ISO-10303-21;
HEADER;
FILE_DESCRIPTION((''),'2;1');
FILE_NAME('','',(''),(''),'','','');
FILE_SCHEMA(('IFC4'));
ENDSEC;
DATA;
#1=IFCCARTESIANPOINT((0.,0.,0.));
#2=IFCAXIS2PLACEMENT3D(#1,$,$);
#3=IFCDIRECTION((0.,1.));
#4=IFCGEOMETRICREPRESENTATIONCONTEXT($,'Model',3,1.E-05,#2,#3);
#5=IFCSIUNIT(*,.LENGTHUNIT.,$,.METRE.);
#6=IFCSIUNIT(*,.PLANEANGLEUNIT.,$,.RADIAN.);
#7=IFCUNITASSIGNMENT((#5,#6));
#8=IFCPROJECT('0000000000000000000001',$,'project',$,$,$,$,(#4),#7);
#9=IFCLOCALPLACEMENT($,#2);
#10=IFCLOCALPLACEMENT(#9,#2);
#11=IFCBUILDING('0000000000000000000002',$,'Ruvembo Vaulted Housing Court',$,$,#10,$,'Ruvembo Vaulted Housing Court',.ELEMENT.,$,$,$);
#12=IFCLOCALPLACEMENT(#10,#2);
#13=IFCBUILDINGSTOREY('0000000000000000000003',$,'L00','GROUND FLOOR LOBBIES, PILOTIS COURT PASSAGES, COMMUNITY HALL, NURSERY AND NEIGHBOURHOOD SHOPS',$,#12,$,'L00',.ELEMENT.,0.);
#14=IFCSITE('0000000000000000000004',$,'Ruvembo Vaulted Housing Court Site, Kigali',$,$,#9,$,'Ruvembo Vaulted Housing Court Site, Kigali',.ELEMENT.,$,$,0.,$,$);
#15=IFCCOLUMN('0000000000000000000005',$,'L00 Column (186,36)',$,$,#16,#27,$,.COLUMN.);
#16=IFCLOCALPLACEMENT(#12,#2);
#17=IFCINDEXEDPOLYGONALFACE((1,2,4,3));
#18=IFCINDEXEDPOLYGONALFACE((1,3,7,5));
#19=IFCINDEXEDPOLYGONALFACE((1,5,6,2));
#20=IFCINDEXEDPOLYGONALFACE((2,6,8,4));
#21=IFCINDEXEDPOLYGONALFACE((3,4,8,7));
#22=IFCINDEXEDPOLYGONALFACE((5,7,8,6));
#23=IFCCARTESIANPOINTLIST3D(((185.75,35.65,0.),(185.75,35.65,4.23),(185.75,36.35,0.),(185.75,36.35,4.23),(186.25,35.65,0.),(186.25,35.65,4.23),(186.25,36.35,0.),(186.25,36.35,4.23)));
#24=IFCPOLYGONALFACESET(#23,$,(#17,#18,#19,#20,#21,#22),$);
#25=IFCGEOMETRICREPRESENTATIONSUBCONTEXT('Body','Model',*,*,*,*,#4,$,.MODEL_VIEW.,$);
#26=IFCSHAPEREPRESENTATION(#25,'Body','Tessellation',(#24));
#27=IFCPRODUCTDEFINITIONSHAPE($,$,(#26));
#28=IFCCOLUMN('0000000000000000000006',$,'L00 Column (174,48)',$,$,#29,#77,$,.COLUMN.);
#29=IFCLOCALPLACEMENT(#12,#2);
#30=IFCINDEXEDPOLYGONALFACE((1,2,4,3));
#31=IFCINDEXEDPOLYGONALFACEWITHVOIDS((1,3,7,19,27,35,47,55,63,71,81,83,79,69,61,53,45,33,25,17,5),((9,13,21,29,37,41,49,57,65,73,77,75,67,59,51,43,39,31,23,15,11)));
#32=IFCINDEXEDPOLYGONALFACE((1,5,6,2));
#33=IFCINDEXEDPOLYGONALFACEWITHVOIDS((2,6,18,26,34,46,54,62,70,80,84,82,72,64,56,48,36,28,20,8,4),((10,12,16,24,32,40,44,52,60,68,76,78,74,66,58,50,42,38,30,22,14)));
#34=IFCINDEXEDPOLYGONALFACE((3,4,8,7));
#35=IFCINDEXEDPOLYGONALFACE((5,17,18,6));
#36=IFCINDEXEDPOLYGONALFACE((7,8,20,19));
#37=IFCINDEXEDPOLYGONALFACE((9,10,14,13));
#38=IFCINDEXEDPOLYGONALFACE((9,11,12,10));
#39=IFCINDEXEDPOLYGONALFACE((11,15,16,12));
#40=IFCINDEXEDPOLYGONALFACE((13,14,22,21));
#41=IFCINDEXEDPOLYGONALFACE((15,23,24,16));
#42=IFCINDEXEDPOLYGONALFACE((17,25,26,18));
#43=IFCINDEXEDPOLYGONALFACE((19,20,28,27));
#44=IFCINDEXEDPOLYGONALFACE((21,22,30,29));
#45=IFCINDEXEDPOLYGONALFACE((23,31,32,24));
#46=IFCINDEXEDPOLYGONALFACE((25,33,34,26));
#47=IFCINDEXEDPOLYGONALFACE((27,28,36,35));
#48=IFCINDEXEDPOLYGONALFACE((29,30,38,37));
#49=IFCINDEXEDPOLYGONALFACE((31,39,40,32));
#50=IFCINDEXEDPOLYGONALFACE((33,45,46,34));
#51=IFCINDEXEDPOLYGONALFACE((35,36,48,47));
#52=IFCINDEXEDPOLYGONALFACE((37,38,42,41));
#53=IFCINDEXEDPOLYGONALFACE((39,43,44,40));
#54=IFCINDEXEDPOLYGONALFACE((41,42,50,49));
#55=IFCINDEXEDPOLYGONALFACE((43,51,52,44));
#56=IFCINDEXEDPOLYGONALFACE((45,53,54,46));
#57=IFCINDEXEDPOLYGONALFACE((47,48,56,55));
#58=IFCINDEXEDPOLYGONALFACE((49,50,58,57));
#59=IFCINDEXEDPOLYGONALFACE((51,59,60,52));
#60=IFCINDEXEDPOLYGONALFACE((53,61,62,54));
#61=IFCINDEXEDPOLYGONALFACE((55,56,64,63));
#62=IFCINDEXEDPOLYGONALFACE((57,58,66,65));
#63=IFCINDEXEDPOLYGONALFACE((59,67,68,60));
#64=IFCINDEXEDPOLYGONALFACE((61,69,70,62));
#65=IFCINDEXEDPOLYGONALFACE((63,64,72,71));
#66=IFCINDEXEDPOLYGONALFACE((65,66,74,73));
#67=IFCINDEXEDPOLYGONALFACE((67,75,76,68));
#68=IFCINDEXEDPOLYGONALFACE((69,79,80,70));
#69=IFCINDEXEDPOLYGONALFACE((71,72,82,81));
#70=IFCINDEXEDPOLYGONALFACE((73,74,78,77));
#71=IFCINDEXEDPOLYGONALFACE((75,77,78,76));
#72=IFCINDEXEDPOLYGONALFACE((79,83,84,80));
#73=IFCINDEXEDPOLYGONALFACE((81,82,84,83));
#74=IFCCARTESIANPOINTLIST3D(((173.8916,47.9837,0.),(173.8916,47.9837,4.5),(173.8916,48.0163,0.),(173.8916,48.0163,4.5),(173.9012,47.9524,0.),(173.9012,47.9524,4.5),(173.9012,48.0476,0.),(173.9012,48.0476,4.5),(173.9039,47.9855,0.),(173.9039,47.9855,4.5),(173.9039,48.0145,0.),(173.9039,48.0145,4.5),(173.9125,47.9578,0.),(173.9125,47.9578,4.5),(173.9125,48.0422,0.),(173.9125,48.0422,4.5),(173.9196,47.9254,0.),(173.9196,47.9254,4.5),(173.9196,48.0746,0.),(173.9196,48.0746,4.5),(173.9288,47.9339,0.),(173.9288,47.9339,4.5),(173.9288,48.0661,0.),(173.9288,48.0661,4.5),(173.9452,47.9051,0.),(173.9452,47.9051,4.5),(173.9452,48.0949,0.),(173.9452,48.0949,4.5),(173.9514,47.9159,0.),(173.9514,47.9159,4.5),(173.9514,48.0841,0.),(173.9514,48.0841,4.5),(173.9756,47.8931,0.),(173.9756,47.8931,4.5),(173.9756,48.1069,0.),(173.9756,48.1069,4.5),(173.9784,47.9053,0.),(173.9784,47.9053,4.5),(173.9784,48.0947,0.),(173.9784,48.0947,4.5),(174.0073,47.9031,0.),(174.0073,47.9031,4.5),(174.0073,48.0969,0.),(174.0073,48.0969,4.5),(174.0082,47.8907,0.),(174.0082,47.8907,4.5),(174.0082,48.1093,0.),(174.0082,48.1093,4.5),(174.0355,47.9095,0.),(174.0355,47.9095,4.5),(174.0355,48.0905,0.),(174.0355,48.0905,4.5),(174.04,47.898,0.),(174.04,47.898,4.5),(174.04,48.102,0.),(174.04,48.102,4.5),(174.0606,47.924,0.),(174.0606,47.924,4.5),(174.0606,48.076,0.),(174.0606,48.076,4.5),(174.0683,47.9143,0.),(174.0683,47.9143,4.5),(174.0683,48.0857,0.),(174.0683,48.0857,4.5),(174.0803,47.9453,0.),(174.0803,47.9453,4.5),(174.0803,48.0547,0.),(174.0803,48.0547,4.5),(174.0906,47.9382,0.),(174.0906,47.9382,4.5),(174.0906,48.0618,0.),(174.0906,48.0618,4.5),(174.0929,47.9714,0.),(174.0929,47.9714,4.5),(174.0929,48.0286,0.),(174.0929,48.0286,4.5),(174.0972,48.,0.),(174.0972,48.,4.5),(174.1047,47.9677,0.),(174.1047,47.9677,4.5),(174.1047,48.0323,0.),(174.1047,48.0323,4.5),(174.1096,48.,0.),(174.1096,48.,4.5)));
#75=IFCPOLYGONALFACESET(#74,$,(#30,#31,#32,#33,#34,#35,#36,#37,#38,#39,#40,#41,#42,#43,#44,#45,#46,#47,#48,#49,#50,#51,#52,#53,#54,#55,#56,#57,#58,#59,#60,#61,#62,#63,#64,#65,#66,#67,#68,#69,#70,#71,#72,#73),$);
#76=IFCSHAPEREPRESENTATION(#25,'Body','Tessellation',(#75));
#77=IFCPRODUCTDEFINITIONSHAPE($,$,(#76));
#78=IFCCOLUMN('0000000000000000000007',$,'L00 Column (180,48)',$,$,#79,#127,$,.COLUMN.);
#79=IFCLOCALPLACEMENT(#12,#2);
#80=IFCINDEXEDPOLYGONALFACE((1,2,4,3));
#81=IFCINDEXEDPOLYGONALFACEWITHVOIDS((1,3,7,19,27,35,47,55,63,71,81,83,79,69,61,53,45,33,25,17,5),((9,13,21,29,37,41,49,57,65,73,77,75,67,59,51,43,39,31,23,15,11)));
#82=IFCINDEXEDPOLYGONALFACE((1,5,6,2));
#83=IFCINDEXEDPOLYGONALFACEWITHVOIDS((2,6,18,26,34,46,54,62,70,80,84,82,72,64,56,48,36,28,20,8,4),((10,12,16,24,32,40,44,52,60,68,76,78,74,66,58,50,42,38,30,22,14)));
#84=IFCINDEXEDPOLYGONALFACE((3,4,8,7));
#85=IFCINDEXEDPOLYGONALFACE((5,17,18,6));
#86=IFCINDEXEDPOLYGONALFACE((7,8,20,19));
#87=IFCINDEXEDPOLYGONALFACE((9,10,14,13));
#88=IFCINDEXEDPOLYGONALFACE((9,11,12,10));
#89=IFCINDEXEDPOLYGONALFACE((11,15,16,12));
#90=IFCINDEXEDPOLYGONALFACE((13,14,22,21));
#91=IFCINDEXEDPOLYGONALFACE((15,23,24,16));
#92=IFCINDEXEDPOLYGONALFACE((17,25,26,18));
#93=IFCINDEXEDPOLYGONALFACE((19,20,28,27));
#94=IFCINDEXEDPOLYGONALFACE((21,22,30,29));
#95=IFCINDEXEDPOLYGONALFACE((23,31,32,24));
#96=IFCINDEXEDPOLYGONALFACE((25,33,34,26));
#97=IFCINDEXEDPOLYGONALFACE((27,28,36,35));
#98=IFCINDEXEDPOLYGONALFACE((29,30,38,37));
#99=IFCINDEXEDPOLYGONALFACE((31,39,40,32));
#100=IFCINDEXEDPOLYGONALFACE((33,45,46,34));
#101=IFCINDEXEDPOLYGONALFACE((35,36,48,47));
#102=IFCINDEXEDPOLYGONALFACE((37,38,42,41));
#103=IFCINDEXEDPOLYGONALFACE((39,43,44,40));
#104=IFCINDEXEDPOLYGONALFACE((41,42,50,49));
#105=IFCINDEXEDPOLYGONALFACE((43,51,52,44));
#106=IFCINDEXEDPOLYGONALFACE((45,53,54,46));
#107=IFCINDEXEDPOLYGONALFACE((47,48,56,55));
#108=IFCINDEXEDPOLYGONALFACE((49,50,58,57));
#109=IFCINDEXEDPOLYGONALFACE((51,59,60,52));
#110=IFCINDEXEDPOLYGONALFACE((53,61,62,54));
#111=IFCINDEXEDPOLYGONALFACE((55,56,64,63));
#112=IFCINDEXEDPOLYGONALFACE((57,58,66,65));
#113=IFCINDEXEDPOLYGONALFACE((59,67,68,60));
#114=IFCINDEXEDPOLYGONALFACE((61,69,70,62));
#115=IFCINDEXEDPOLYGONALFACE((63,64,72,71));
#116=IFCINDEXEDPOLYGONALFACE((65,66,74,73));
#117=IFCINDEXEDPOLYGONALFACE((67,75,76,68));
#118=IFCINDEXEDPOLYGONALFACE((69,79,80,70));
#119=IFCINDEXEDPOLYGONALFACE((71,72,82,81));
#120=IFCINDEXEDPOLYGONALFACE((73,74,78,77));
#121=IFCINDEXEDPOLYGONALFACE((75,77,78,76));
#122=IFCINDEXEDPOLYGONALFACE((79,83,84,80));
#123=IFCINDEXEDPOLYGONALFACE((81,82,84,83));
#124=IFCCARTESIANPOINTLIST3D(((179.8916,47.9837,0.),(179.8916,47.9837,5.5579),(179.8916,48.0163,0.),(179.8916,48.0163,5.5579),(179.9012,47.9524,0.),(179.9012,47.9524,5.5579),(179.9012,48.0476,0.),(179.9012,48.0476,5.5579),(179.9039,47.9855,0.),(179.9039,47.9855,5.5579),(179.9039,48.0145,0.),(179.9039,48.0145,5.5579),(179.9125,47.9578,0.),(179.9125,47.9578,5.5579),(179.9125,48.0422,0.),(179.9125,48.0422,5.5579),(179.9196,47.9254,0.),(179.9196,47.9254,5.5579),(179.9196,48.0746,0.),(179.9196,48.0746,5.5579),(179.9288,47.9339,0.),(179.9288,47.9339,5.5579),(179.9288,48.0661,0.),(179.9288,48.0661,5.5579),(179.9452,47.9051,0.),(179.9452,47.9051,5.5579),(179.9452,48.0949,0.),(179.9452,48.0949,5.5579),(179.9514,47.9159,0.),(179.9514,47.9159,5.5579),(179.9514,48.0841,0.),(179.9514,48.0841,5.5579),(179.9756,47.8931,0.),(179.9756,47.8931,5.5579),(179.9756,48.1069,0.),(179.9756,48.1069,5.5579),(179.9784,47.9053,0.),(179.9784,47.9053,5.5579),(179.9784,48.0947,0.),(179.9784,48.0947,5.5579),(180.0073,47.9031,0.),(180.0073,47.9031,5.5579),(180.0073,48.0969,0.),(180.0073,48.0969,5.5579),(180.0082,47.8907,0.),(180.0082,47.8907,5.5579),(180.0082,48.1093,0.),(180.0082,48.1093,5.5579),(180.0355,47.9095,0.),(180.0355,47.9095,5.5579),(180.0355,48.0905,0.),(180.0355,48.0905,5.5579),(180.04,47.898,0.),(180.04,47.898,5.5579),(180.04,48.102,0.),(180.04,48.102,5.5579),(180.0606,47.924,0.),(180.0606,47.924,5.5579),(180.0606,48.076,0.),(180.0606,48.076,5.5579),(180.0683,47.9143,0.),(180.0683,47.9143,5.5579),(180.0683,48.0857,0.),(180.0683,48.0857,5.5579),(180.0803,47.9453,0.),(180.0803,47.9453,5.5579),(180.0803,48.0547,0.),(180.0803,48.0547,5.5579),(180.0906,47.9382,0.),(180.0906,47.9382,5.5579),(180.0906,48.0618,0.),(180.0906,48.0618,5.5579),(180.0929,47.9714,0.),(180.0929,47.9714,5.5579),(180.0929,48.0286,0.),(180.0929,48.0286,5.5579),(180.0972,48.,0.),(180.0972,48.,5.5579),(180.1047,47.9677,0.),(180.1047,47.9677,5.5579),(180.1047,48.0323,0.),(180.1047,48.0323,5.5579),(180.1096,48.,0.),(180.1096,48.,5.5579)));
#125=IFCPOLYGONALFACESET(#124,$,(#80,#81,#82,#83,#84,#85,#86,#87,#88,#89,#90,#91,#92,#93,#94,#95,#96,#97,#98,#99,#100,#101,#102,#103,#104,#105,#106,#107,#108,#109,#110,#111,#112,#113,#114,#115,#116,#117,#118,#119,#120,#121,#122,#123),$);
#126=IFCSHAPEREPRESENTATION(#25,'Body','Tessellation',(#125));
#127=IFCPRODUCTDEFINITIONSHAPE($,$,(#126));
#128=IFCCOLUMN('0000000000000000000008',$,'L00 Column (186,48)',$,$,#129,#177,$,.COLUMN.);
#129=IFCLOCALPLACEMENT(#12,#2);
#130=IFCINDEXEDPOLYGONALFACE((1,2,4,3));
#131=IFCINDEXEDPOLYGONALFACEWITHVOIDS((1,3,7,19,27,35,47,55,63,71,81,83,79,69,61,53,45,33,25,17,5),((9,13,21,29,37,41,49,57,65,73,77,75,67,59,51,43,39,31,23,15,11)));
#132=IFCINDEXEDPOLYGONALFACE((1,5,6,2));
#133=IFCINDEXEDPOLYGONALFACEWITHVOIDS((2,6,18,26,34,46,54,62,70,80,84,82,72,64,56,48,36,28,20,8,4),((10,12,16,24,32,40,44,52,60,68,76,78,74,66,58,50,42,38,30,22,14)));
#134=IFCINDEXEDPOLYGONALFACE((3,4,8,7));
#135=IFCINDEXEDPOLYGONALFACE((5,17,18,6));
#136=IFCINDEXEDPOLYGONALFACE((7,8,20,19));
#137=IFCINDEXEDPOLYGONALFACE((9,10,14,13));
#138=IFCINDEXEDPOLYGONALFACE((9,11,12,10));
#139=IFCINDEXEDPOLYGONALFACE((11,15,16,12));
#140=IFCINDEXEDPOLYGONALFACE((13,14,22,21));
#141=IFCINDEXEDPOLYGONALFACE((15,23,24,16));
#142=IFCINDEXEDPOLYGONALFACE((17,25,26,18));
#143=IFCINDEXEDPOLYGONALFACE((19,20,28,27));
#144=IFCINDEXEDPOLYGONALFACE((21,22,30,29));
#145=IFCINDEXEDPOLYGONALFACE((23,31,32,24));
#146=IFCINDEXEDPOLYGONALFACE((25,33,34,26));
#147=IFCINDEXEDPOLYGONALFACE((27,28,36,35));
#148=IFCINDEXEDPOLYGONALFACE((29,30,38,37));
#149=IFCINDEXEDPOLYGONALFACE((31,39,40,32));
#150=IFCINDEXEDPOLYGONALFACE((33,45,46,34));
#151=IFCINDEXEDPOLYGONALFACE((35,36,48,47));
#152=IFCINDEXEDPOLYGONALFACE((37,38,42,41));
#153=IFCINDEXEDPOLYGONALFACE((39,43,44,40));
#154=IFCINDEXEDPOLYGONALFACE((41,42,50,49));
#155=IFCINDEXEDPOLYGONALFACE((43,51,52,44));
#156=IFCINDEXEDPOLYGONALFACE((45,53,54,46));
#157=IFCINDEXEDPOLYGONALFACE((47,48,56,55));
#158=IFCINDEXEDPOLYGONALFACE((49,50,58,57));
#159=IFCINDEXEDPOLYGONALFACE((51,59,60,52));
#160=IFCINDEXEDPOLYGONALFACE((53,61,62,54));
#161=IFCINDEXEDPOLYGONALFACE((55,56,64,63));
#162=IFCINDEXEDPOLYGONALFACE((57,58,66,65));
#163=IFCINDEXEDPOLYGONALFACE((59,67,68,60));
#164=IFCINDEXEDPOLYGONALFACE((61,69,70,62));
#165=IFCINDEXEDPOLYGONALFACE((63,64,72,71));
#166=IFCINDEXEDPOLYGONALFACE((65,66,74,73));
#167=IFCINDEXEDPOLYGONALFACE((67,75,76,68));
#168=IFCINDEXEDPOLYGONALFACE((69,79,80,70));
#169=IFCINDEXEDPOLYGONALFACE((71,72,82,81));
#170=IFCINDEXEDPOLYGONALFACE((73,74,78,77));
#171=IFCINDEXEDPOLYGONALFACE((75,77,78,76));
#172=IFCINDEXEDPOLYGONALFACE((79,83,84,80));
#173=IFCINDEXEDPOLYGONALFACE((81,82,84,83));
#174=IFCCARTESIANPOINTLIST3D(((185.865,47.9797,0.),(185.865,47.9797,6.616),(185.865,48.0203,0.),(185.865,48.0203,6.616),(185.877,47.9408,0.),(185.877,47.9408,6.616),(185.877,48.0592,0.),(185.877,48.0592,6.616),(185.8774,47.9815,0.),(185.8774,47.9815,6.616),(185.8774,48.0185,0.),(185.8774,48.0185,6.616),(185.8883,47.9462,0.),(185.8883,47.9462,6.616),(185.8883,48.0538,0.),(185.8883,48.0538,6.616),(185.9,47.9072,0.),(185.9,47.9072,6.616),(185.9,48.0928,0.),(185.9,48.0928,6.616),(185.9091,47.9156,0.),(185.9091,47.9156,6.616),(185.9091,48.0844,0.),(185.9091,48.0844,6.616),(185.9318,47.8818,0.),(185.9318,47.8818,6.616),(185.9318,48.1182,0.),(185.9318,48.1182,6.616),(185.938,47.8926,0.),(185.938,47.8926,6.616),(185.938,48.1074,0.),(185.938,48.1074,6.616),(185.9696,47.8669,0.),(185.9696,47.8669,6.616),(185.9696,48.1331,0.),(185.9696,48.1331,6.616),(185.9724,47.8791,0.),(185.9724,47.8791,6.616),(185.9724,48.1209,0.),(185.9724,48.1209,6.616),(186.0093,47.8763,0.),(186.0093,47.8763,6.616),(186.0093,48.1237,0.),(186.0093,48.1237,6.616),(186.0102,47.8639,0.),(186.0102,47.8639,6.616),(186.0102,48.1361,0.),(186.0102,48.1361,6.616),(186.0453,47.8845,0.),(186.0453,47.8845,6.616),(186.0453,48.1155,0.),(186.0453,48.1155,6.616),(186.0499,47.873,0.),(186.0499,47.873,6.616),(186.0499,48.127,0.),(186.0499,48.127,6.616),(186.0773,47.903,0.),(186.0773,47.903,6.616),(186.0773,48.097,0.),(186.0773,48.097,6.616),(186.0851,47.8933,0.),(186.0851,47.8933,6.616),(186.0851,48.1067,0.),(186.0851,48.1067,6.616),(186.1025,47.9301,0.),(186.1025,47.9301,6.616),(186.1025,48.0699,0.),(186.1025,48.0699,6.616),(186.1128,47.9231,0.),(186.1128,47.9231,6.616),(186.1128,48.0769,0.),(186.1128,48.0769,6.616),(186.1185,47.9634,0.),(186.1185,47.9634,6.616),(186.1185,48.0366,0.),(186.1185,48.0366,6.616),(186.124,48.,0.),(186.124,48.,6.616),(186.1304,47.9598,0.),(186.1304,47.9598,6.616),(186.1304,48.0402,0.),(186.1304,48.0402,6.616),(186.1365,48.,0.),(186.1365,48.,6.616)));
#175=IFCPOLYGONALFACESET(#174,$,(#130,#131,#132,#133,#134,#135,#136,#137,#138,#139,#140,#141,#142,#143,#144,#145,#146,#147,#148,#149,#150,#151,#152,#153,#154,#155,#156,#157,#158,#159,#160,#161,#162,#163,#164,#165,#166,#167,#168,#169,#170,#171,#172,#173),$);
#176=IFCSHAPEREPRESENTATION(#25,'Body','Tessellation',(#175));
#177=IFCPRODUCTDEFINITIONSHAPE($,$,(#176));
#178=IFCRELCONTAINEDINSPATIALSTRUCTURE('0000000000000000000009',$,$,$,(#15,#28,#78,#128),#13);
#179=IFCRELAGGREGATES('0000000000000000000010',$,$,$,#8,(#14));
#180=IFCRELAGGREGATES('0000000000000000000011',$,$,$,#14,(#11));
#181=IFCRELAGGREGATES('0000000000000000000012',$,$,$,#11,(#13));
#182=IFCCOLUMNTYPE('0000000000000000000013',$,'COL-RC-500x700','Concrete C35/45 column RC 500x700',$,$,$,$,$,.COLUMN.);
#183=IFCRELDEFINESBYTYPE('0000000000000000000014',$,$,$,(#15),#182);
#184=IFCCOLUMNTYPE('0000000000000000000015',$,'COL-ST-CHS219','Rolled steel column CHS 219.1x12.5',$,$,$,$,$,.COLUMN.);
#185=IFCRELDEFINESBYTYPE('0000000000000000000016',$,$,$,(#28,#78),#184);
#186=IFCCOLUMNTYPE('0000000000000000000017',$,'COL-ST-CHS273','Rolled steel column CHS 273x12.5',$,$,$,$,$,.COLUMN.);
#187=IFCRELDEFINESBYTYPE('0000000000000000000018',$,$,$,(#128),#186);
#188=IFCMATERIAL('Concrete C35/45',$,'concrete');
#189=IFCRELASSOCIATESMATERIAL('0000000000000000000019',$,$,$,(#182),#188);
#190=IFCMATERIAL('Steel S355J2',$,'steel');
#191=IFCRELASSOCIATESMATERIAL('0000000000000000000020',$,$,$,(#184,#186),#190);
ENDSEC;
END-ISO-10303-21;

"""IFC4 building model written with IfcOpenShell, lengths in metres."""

from ifc_helpers import new_model, si_unit, direction, frame, origin, origin_2d, place, context, subcontext, project, spatial, rectangle, hollow_circle, extrude, material, material_profile, profile_set, type_object, element, save


model = new_model("IFC4")

# Units and contexts
model_context = context("Model", 3, precision=1e-05, world=origin(), true_north=direction((0.0, 1.0)))
body_context = subcontext(model_context, "Body", "Model", "MODEL_VIEW")
ifc_project = project(units=[si_unit("LENGTHUNIT", "METRE"), si_unit("PLANEANGLEUNIT", "RADIAN")], contexts=[model_context])

# Site, building, storey
site_placement = place(None, origin())
site = spatial("IfcSite", under=ifc_project, at=site_placement, Name="Ruvembo Vaulted Housing Court Site, Kigali", LongName="Ruvembo Vaulted Housing Court Site, Kigali", CompositionType="ELEMENT", RefElevation=0.0)
building_placement = place(site_placement, origin())
building = spatial("IfcBuilding", under=site, at=building_placement, Name="Ruvembo Vaulted Housing Court", LongName="Ruvembo Vaulted Housing Court", CompositionType="ELEMENT")
storey_placement = place(building_placement, origin())
storey = spatial("IfcBuildingStorey", under=building, at=storey_placement, Name="L00", Description="GROUND FLOOR LOBBIES, PILOTIS COURT PASSAGES, COMMUNITY HALL, NURSERY AND NEIGHBOURHOOD SHOPS", LongName="L00", CompositionType="ELEMENT", Elevation=0.0)

# Columns
ifc_material_1 = material(Name="Concrete C35/45", Category="concrete")
ifc_material_profile_1 = material_profile(ifc_material_1, rectangle(XDim=0.5, YDim=0.7, at=origin_2d()), Name="RC 500x700")
ifc_profile_set_1 = profile_set([ifc_material_profile_1], Name="Concrete C35/45")
column_type_1 = type_object("IfcColumnType", Name="COL-RC-500x700", Description="Concrete C35/45 column RC 500x700", PredefinedType="COLUMN", material=ifc_profile_set_1)
column_1_placement = place(storey_placement, frame((186.0, 36.0, 0.0), z_axis=(0.0, 0.0, 1.0), x_axis=(1.0, 0.0, 0.0)))
element("IfcColumn", 1, at=column_1_placement, inside=storey, type_object=column_type_1, Name="L00 Column (186,36)", PredefinedType="COLUMN", context=body_context, shape_type="SweptSolid", body=[
    extrude(rectangle(XDim=0.5, YDim=0.7, at=origin_2d()), origin(), (0.0, 0.0, 1.0), 4.23),
])
ifc_material_2 = material(Name="Steel S355J2", Category="steel")
ifc_material_profile_2 = material_profile(ifc_material_2, hollow_circle(Radius=0.1096, WallThickness=0.0125, at=origin_2d()), Name="CHS 219.1x12.5")
ifc_profile_set_2 = profile_set([ifc_material_profile_2], Name="Steel S355J2")
column_type_2 = type_object("IfcColumnType", Name="COL-ST-CHS219", Description="Rolled steel column CHS 219.1x12.5", PredefinedType="COLUMN", material=ifc_profile_set_2)
column_2_placement = place(storey_placement, frame((174.0, 48.0, 0.0), z_axis=(0.0, 0.0, 1.0), x_axis=(1.0, 0.0, 0.0)))
element("IfcColumn", 2, at=column_2_placement, inside=storey, type_object=column_type_2, Name="L00 Column (174,48)", PredefinedType="COLUMN", context=body_context, shape_type="SweptSolid", body=[
    extrude(hollow_circle(Radius=0.1096, WallThickness=0.0125, at=origin_2d()), origin(), (0.0, 0.0, 1.0), 4.5),
])
column_3_placement = place(storey_placement, frame((180.0, 48.0, 0.0), z_axis=(0.0, 0.0, 1.0), x_axis=(1.0, 0.0, 0.0)))
element("IfcColumn", 3, at=column_3_placement, inside=storey, type_object=column_type_2, Name="L00 Column (180,48)", PredefinedType="COLUMN", context=body_context, shape_type="SweptSolid", body=[
    extrude(hollow_circle(Radius=0.1096, WallThickness=0.0125, at=origin_2d()), origin(), (0.0, 0.0, 1.0), 5.5579),
])
ifc_material_profile_3 = material_profile(ifc_material_2, hollow_circle(Radius=0.1365, WallThickness=0.0125, at=origin_2d()), Name="CHS 273x12.5")
ifc_profile_set_3 = profile_set([ifc_material_profile_3], Name="Steel S355J2")
column_type_3 = type_object("IfcColumnType", Name="COL-ST-CHS273", Description="Rolled steel column CHS 273x12.5", PredefinedType="COLUMN", material=ifc_profile_set_3)
for number, where, z_axis, x_axis, name in (
    (4, (186.0, 48.0, 0.0), (0.0, 0.0, 1.0), (1.0, 0.0, 0.0), "L00 Column (186,48)"),
):
    element("IfcColumn", number, at=place(storey_placement, frame(where, z_axis=z_axis, x_axis=x_axis)), inside=storey, type_object=column_type_3, Name=name, PredefinedType="COLUMN", context=body_context, shape_type="SweptSolid", body=[
        extrude(hollow_circle(Radius=0.1365, WallThickness=0.0125, at=origin_2d()), origin(), (0.0, 0.0, 1.0), 6.616),
    ])

save(model, "model.ifc")
